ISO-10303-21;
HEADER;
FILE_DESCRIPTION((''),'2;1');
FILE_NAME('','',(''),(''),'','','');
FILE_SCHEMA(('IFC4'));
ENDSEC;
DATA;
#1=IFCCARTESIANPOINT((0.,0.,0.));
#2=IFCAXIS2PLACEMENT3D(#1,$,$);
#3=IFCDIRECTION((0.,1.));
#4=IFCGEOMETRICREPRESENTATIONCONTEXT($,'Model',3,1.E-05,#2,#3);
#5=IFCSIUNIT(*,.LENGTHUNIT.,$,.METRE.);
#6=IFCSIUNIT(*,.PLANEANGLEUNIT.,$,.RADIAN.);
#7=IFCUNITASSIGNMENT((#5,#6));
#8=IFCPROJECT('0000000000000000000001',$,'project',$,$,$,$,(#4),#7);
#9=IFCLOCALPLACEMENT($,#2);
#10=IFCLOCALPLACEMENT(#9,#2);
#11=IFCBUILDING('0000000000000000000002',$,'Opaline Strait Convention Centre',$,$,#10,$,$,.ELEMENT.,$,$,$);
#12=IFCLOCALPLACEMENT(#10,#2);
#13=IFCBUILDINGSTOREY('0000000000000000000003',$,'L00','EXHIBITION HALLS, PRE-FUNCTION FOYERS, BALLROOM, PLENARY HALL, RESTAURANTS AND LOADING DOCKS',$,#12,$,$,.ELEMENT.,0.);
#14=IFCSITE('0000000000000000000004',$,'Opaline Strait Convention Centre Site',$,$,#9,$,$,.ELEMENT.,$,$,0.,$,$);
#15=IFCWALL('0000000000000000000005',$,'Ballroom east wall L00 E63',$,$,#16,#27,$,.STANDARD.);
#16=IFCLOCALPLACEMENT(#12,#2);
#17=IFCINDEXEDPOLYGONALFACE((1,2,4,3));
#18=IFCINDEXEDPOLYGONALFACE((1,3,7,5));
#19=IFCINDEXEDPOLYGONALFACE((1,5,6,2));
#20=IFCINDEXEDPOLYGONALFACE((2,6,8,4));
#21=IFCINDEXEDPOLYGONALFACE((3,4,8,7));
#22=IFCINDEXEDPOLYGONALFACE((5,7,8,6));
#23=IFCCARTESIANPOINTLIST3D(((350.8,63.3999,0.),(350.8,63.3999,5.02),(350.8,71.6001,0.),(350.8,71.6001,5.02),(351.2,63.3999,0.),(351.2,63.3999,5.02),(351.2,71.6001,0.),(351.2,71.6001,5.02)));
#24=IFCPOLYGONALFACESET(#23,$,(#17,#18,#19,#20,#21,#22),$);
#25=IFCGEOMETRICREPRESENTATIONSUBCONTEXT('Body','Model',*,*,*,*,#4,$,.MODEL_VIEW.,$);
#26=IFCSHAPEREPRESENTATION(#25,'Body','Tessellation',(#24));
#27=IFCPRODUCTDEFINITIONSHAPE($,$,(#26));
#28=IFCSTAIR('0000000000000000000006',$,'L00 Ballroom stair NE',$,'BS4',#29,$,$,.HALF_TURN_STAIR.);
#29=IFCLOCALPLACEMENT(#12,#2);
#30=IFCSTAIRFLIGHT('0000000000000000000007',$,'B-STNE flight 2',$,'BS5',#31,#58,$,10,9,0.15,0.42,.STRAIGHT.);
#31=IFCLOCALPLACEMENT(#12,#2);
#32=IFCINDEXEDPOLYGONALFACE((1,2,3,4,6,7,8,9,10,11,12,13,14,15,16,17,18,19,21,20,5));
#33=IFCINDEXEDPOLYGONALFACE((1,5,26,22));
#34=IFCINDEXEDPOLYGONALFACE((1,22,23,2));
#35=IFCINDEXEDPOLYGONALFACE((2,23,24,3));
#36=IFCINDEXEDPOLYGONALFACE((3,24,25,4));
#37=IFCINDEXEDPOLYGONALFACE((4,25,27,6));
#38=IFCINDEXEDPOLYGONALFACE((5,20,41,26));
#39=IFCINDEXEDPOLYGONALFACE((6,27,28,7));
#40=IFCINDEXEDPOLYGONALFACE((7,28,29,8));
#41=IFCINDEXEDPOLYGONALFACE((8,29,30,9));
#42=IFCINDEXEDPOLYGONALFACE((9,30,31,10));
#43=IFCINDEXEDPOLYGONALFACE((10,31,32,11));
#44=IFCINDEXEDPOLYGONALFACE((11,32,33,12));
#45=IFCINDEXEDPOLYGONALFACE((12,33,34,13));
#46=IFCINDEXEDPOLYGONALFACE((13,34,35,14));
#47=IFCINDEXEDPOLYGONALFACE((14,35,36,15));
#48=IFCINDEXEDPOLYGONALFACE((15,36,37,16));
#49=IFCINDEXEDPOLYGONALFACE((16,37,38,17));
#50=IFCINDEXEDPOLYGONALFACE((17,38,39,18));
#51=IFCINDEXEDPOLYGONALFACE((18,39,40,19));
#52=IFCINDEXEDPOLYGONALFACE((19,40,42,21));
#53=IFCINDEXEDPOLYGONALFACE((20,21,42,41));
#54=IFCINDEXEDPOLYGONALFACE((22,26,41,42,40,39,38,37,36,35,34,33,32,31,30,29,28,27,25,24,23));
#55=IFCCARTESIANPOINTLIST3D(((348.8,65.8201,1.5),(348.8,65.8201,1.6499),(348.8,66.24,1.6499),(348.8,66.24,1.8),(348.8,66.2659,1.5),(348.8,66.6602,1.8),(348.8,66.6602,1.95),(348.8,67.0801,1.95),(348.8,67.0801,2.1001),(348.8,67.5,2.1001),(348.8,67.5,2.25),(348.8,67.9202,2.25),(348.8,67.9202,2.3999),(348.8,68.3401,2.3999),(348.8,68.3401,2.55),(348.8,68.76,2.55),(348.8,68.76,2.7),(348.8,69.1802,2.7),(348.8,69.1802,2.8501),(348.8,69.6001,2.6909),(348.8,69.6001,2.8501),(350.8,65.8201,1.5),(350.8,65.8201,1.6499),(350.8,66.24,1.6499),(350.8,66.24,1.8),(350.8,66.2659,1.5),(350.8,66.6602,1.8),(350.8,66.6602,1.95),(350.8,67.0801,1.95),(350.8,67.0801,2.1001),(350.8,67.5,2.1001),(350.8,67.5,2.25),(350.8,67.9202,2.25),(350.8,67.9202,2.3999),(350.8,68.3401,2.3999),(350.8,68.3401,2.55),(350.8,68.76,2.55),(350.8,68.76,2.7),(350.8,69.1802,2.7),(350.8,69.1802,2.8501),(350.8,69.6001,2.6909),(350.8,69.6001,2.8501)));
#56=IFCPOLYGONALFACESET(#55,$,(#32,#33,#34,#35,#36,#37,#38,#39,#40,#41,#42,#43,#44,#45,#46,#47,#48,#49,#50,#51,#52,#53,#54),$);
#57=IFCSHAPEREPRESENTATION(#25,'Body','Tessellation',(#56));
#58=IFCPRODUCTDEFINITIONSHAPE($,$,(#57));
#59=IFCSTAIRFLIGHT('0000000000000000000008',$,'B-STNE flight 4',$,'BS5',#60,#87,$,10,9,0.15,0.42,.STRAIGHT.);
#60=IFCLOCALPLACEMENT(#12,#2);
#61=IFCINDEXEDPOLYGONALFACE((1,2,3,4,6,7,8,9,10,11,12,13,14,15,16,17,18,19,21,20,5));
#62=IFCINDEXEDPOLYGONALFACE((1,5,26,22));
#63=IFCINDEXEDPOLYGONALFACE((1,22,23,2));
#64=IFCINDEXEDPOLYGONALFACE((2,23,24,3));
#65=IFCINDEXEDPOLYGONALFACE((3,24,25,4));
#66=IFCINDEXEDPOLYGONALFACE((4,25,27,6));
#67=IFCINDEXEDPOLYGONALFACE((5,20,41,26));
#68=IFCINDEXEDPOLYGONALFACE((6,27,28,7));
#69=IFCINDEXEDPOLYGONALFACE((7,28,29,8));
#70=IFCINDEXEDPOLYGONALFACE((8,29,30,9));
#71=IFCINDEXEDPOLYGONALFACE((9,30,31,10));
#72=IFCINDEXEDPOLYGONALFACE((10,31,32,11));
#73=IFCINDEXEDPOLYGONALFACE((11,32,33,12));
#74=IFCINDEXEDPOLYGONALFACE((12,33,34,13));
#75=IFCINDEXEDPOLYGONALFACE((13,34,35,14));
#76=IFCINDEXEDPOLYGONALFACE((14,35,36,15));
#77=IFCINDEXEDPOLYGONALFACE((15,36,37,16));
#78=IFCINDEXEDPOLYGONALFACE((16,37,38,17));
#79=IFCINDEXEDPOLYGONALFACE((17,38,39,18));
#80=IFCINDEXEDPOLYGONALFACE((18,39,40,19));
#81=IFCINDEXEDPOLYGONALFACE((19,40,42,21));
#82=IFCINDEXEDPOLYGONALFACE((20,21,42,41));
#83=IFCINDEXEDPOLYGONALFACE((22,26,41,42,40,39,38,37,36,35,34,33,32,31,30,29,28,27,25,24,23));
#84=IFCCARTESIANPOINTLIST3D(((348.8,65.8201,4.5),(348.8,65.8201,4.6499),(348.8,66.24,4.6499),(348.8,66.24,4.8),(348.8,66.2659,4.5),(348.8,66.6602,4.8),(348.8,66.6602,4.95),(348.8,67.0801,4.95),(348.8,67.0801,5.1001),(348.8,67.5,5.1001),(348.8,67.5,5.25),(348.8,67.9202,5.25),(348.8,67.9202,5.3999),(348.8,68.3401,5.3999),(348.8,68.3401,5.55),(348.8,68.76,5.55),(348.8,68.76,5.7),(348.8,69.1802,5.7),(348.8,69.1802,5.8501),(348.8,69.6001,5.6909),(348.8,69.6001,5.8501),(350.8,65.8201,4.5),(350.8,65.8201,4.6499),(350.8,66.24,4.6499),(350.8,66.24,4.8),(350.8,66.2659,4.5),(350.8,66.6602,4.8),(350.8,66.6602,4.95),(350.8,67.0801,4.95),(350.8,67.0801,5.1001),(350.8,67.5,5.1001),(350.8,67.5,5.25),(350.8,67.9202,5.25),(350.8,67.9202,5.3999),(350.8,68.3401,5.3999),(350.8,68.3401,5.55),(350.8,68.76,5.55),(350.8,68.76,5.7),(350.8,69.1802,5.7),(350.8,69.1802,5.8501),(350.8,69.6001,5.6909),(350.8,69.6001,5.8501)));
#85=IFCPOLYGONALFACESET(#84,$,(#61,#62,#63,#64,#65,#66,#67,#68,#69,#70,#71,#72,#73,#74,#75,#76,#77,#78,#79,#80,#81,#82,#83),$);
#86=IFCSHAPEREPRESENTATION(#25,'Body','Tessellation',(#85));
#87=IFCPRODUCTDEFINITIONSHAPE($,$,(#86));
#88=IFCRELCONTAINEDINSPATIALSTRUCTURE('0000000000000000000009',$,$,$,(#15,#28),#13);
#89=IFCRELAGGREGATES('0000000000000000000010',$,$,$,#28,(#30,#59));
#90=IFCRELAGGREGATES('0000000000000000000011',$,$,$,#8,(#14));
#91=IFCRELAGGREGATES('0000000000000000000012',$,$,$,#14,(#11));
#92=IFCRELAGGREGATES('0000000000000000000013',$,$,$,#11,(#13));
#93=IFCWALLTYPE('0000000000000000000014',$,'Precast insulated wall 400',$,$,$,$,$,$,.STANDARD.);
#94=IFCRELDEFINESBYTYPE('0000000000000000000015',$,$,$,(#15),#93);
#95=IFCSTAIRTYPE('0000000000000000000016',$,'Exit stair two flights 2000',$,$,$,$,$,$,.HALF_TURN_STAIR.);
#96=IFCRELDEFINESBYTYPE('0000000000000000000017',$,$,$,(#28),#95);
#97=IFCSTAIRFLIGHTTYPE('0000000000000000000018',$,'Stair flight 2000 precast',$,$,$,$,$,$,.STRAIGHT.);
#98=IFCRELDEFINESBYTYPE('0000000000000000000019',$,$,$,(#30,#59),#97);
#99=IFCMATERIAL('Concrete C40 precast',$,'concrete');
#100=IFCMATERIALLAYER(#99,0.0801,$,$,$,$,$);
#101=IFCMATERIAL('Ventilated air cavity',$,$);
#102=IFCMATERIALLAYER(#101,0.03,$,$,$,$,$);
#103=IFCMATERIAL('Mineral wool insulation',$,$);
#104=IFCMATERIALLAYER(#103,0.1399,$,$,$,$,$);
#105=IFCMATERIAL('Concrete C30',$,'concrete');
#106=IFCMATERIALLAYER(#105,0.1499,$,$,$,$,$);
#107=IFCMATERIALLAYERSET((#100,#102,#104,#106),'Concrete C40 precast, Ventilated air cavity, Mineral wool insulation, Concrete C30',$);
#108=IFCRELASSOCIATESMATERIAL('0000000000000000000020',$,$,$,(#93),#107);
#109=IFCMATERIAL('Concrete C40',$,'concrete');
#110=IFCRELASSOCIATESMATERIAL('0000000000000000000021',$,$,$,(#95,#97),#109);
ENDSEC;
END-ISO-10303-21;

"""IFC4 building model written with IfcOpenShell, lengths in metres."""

from ifc_helpers import new_model, si_unit, direction, frame, frame_2d, origin, place, context, subcontext, project, spatial, polyline, rectangle, outline, extrude, material, layer, layer_set, type_object, element, aggregate, save


model = new_model("IFC4")

# Units and contexts
model_context = context("Model", 3, precision=1e-05, world=origin(), true_north=direction((0.0, 1.0)))
body_context = subcontext(model_context, "Body", "Model", "MODEL_VIEW")
ifc_project = project(units=[si_unit("LENGTHUNIT", "METRE"), si_unit("PLANEANGLEUNIT", "RADIAN")], contexts=[model_context])

# Site, building, storey
site_placement = place(None, origin())
site = spatial("IfcSite", under=ifc_project, at=site_placement, Name="Opaline Strait Convention Centre Site", CompositionType="ELEMENT", RefElevation=0.0)
building_placement = place(site_placement, origin())
building = spatial("IfcBuilding", under=site, at=building_placement, Name="Opaline Strait Convention Centre", CompositionType="ELEMENT")
storey_placement = place(building_placement, origin())
storey = spatial("IfcBuildingStorey", under=building, at=storey_placement, Name="L00", Description="EXHIBITION HALLS, PRE-FUNCTION FOYERS, BALLROOM, PLENARY HALL, RESTAURANTS AND LOADING DOCKS", CompositionType="ELEMENT", Elevation=0.0)

# Shared definitions
ifc_material_1 = material(Name="Concrete C40", Category="concrete")

# Wall
ifc_material_2 = material(Name="Concrete C40 precast", Category="concrete")
ifc_layer_1 = layer(ifc_material_2, 0.0801)
ifc_material_3 = material(Name="Ventilated air cavity")
ifc_layer_2 = layer(ifc_material_3, 0.03)
ifc_material_4 = material(Name="Mineral wool insulation")
ifc_layer_3 = layer(ifc_material_4, 0.1399)
ifc_material_5 = material(Name="Concrete C30", Category="concrete")
ifc_layer_4 = layer(ifc_material_5, 0.1499)
ifc_layer_set_1 = layer_set([ifc_layer_1, ifc_layer_2, ifc_layer_3, ifc_layer_4], Name="Concrete C40 precast, Ventilated air cavity, Mineral wool insulation, Concrete C30")
wall_type = type_object("IfcWallType", Name="Precast insulated wall 400", PredefinedType="STANDARD", material=ifc_layer_set_1)
wall_placement = place(storey_placement, frame((351.0, 63.3999, 0.0), z_axis=(0.0, 0.0, 1.0), x_axis=(0.0, 1.0, 0.0)))
element("IfcWall", 1, at=wall_placement, inside=storey, type_object=wall_type, Name="Ballroom east wall L00 E63", PredefinedType="STANDARD", context=body_context, shape_type="SweptSolid", body=[
    extrude(rectangle(XDim=8.2002, YDim=0.3999, at=frame_2d((4.1001, 0.0))), origin(), (0.0, 0.0, 1.0), 5.02),
])

# Stair, stair flights
stair_type = type_object("IfcStairType", Name="Exit stair two flights 2000", PredefinedType="HALF_TURN_STAIR", material=ifc_material_1)
stair_placement = place(storey_placement, origin())
stair = element("IfcStair", 2, at=stair_placement, inside=storey, type_object=stair_type, Name="L00 Ballroom stair NE", ObjectType="BS4", PredefinedType="HALF_TURN_STAIR")
stair_flight_type = type_object("IfcStairFlightType", Name="Stair flight 2000 precast", PredefinedType="STRAIGHT", material=ifc_material_1)
stair_flight_1_placement = place(storey_placement, frame((349.8, 65.8201, 1.5), z_axis=(0.0, 0.0, 1.0), x_axis=(0.0, 1.0, 0.0)))
stair_flight_1 = element("IfcStairFlight", 3, at=stair_flight_1_placement, type_object=stair_flight_type, Name="B-STNE flight 2", ObjectType="BS5", NumberOfRisers=10, NumberOfTreads=9, PredefinedType="STRAIGHT", RiserHeight=0.15, TreadLength=0.42, context=body_context, shape_type="SweptSolid", body=[
    extrude(outline(polyline([(0.0, 0.0), (0.0, 0.1499), (0.4199, 0.1499), (0.4199, 0.3), (0.8401, 0.3), (0.8401, 0.45), (1.26, 0.45), (1.26, 0.6001), (1.6799, 0.6001), (1.6799, 0.75), (2.1001, 0.75), (2.1001, 0.8999), (2.52, 0.8999), (2.52, 1.05), (2.9399, 1.05), (2.9399, 1.2), (3.3601, 1.2), (3.3601, 1.3501), (3.78, 1.3501), (3.78, 1.5), (3.78, 1.1909), (0.4458, 0.0), (0.0, 0.0)])), frame((0.0, 1.0, 0.0), z_axis=(0.0, -1.0, 0.0), x_axis=(1.0, 0.0, 0.0)), (0.0, 0.0, 1.0), 2.0),
])
stair_flight_2_placement = place(storey_placement, frame((349.8, 65.8201, 4.5), z_axis=(0.0, 0.0, 1.0), x_axis=(0.0, 1.0, 0.0)))
stair_flight_2 = element("IfcStairFlight", 4, at=stair_flight_2_placement, type_object=stair_flight_type, Name="B-STNE flight 4", ObjectType="BS5", NumberOfRisers=10, NumberOfTreads=9, PredefinedType="STRAIGHT", RiserHeight=0.15, TreadLength=0.42, context=body_context, shape_type="SweptSolid", body=[
    extrude(outline(polyline([(0.0, 0.0), (0.0, 0.1499), (0.4199, 0.1499), (0.4199, 0.3), (0.8401, 0.3), (0.8401, 0.45), (1.26, 0.45), (1.26, 0.6001), (1.6799, 0.6001), (1.6799, 0.75), (2.1001, 0.75), (2.1001, 0.8999), (2.52, 0.8999), (2.52, 1.05), (2.9399, 1.05), (2.9399, 1.2), (3.3601, 1.2), (3.3601, 1.3501), (3.78, 1.3501), (3.78, 1.5), (3.78, 1.1909), (0.4458, 0.0), (0.0, 0.0)])), frame((0.0, 1.0, 0.0), z_axis=(0.0, -1.0, 0.0), x_axis=(1.0, 0.0, 0.0)), (0.0, 0.0, 1.0), 2.0),
])
aggregate(stair, [stair_flight_1, stair_flight_2])

save(model, "model.ifc")
